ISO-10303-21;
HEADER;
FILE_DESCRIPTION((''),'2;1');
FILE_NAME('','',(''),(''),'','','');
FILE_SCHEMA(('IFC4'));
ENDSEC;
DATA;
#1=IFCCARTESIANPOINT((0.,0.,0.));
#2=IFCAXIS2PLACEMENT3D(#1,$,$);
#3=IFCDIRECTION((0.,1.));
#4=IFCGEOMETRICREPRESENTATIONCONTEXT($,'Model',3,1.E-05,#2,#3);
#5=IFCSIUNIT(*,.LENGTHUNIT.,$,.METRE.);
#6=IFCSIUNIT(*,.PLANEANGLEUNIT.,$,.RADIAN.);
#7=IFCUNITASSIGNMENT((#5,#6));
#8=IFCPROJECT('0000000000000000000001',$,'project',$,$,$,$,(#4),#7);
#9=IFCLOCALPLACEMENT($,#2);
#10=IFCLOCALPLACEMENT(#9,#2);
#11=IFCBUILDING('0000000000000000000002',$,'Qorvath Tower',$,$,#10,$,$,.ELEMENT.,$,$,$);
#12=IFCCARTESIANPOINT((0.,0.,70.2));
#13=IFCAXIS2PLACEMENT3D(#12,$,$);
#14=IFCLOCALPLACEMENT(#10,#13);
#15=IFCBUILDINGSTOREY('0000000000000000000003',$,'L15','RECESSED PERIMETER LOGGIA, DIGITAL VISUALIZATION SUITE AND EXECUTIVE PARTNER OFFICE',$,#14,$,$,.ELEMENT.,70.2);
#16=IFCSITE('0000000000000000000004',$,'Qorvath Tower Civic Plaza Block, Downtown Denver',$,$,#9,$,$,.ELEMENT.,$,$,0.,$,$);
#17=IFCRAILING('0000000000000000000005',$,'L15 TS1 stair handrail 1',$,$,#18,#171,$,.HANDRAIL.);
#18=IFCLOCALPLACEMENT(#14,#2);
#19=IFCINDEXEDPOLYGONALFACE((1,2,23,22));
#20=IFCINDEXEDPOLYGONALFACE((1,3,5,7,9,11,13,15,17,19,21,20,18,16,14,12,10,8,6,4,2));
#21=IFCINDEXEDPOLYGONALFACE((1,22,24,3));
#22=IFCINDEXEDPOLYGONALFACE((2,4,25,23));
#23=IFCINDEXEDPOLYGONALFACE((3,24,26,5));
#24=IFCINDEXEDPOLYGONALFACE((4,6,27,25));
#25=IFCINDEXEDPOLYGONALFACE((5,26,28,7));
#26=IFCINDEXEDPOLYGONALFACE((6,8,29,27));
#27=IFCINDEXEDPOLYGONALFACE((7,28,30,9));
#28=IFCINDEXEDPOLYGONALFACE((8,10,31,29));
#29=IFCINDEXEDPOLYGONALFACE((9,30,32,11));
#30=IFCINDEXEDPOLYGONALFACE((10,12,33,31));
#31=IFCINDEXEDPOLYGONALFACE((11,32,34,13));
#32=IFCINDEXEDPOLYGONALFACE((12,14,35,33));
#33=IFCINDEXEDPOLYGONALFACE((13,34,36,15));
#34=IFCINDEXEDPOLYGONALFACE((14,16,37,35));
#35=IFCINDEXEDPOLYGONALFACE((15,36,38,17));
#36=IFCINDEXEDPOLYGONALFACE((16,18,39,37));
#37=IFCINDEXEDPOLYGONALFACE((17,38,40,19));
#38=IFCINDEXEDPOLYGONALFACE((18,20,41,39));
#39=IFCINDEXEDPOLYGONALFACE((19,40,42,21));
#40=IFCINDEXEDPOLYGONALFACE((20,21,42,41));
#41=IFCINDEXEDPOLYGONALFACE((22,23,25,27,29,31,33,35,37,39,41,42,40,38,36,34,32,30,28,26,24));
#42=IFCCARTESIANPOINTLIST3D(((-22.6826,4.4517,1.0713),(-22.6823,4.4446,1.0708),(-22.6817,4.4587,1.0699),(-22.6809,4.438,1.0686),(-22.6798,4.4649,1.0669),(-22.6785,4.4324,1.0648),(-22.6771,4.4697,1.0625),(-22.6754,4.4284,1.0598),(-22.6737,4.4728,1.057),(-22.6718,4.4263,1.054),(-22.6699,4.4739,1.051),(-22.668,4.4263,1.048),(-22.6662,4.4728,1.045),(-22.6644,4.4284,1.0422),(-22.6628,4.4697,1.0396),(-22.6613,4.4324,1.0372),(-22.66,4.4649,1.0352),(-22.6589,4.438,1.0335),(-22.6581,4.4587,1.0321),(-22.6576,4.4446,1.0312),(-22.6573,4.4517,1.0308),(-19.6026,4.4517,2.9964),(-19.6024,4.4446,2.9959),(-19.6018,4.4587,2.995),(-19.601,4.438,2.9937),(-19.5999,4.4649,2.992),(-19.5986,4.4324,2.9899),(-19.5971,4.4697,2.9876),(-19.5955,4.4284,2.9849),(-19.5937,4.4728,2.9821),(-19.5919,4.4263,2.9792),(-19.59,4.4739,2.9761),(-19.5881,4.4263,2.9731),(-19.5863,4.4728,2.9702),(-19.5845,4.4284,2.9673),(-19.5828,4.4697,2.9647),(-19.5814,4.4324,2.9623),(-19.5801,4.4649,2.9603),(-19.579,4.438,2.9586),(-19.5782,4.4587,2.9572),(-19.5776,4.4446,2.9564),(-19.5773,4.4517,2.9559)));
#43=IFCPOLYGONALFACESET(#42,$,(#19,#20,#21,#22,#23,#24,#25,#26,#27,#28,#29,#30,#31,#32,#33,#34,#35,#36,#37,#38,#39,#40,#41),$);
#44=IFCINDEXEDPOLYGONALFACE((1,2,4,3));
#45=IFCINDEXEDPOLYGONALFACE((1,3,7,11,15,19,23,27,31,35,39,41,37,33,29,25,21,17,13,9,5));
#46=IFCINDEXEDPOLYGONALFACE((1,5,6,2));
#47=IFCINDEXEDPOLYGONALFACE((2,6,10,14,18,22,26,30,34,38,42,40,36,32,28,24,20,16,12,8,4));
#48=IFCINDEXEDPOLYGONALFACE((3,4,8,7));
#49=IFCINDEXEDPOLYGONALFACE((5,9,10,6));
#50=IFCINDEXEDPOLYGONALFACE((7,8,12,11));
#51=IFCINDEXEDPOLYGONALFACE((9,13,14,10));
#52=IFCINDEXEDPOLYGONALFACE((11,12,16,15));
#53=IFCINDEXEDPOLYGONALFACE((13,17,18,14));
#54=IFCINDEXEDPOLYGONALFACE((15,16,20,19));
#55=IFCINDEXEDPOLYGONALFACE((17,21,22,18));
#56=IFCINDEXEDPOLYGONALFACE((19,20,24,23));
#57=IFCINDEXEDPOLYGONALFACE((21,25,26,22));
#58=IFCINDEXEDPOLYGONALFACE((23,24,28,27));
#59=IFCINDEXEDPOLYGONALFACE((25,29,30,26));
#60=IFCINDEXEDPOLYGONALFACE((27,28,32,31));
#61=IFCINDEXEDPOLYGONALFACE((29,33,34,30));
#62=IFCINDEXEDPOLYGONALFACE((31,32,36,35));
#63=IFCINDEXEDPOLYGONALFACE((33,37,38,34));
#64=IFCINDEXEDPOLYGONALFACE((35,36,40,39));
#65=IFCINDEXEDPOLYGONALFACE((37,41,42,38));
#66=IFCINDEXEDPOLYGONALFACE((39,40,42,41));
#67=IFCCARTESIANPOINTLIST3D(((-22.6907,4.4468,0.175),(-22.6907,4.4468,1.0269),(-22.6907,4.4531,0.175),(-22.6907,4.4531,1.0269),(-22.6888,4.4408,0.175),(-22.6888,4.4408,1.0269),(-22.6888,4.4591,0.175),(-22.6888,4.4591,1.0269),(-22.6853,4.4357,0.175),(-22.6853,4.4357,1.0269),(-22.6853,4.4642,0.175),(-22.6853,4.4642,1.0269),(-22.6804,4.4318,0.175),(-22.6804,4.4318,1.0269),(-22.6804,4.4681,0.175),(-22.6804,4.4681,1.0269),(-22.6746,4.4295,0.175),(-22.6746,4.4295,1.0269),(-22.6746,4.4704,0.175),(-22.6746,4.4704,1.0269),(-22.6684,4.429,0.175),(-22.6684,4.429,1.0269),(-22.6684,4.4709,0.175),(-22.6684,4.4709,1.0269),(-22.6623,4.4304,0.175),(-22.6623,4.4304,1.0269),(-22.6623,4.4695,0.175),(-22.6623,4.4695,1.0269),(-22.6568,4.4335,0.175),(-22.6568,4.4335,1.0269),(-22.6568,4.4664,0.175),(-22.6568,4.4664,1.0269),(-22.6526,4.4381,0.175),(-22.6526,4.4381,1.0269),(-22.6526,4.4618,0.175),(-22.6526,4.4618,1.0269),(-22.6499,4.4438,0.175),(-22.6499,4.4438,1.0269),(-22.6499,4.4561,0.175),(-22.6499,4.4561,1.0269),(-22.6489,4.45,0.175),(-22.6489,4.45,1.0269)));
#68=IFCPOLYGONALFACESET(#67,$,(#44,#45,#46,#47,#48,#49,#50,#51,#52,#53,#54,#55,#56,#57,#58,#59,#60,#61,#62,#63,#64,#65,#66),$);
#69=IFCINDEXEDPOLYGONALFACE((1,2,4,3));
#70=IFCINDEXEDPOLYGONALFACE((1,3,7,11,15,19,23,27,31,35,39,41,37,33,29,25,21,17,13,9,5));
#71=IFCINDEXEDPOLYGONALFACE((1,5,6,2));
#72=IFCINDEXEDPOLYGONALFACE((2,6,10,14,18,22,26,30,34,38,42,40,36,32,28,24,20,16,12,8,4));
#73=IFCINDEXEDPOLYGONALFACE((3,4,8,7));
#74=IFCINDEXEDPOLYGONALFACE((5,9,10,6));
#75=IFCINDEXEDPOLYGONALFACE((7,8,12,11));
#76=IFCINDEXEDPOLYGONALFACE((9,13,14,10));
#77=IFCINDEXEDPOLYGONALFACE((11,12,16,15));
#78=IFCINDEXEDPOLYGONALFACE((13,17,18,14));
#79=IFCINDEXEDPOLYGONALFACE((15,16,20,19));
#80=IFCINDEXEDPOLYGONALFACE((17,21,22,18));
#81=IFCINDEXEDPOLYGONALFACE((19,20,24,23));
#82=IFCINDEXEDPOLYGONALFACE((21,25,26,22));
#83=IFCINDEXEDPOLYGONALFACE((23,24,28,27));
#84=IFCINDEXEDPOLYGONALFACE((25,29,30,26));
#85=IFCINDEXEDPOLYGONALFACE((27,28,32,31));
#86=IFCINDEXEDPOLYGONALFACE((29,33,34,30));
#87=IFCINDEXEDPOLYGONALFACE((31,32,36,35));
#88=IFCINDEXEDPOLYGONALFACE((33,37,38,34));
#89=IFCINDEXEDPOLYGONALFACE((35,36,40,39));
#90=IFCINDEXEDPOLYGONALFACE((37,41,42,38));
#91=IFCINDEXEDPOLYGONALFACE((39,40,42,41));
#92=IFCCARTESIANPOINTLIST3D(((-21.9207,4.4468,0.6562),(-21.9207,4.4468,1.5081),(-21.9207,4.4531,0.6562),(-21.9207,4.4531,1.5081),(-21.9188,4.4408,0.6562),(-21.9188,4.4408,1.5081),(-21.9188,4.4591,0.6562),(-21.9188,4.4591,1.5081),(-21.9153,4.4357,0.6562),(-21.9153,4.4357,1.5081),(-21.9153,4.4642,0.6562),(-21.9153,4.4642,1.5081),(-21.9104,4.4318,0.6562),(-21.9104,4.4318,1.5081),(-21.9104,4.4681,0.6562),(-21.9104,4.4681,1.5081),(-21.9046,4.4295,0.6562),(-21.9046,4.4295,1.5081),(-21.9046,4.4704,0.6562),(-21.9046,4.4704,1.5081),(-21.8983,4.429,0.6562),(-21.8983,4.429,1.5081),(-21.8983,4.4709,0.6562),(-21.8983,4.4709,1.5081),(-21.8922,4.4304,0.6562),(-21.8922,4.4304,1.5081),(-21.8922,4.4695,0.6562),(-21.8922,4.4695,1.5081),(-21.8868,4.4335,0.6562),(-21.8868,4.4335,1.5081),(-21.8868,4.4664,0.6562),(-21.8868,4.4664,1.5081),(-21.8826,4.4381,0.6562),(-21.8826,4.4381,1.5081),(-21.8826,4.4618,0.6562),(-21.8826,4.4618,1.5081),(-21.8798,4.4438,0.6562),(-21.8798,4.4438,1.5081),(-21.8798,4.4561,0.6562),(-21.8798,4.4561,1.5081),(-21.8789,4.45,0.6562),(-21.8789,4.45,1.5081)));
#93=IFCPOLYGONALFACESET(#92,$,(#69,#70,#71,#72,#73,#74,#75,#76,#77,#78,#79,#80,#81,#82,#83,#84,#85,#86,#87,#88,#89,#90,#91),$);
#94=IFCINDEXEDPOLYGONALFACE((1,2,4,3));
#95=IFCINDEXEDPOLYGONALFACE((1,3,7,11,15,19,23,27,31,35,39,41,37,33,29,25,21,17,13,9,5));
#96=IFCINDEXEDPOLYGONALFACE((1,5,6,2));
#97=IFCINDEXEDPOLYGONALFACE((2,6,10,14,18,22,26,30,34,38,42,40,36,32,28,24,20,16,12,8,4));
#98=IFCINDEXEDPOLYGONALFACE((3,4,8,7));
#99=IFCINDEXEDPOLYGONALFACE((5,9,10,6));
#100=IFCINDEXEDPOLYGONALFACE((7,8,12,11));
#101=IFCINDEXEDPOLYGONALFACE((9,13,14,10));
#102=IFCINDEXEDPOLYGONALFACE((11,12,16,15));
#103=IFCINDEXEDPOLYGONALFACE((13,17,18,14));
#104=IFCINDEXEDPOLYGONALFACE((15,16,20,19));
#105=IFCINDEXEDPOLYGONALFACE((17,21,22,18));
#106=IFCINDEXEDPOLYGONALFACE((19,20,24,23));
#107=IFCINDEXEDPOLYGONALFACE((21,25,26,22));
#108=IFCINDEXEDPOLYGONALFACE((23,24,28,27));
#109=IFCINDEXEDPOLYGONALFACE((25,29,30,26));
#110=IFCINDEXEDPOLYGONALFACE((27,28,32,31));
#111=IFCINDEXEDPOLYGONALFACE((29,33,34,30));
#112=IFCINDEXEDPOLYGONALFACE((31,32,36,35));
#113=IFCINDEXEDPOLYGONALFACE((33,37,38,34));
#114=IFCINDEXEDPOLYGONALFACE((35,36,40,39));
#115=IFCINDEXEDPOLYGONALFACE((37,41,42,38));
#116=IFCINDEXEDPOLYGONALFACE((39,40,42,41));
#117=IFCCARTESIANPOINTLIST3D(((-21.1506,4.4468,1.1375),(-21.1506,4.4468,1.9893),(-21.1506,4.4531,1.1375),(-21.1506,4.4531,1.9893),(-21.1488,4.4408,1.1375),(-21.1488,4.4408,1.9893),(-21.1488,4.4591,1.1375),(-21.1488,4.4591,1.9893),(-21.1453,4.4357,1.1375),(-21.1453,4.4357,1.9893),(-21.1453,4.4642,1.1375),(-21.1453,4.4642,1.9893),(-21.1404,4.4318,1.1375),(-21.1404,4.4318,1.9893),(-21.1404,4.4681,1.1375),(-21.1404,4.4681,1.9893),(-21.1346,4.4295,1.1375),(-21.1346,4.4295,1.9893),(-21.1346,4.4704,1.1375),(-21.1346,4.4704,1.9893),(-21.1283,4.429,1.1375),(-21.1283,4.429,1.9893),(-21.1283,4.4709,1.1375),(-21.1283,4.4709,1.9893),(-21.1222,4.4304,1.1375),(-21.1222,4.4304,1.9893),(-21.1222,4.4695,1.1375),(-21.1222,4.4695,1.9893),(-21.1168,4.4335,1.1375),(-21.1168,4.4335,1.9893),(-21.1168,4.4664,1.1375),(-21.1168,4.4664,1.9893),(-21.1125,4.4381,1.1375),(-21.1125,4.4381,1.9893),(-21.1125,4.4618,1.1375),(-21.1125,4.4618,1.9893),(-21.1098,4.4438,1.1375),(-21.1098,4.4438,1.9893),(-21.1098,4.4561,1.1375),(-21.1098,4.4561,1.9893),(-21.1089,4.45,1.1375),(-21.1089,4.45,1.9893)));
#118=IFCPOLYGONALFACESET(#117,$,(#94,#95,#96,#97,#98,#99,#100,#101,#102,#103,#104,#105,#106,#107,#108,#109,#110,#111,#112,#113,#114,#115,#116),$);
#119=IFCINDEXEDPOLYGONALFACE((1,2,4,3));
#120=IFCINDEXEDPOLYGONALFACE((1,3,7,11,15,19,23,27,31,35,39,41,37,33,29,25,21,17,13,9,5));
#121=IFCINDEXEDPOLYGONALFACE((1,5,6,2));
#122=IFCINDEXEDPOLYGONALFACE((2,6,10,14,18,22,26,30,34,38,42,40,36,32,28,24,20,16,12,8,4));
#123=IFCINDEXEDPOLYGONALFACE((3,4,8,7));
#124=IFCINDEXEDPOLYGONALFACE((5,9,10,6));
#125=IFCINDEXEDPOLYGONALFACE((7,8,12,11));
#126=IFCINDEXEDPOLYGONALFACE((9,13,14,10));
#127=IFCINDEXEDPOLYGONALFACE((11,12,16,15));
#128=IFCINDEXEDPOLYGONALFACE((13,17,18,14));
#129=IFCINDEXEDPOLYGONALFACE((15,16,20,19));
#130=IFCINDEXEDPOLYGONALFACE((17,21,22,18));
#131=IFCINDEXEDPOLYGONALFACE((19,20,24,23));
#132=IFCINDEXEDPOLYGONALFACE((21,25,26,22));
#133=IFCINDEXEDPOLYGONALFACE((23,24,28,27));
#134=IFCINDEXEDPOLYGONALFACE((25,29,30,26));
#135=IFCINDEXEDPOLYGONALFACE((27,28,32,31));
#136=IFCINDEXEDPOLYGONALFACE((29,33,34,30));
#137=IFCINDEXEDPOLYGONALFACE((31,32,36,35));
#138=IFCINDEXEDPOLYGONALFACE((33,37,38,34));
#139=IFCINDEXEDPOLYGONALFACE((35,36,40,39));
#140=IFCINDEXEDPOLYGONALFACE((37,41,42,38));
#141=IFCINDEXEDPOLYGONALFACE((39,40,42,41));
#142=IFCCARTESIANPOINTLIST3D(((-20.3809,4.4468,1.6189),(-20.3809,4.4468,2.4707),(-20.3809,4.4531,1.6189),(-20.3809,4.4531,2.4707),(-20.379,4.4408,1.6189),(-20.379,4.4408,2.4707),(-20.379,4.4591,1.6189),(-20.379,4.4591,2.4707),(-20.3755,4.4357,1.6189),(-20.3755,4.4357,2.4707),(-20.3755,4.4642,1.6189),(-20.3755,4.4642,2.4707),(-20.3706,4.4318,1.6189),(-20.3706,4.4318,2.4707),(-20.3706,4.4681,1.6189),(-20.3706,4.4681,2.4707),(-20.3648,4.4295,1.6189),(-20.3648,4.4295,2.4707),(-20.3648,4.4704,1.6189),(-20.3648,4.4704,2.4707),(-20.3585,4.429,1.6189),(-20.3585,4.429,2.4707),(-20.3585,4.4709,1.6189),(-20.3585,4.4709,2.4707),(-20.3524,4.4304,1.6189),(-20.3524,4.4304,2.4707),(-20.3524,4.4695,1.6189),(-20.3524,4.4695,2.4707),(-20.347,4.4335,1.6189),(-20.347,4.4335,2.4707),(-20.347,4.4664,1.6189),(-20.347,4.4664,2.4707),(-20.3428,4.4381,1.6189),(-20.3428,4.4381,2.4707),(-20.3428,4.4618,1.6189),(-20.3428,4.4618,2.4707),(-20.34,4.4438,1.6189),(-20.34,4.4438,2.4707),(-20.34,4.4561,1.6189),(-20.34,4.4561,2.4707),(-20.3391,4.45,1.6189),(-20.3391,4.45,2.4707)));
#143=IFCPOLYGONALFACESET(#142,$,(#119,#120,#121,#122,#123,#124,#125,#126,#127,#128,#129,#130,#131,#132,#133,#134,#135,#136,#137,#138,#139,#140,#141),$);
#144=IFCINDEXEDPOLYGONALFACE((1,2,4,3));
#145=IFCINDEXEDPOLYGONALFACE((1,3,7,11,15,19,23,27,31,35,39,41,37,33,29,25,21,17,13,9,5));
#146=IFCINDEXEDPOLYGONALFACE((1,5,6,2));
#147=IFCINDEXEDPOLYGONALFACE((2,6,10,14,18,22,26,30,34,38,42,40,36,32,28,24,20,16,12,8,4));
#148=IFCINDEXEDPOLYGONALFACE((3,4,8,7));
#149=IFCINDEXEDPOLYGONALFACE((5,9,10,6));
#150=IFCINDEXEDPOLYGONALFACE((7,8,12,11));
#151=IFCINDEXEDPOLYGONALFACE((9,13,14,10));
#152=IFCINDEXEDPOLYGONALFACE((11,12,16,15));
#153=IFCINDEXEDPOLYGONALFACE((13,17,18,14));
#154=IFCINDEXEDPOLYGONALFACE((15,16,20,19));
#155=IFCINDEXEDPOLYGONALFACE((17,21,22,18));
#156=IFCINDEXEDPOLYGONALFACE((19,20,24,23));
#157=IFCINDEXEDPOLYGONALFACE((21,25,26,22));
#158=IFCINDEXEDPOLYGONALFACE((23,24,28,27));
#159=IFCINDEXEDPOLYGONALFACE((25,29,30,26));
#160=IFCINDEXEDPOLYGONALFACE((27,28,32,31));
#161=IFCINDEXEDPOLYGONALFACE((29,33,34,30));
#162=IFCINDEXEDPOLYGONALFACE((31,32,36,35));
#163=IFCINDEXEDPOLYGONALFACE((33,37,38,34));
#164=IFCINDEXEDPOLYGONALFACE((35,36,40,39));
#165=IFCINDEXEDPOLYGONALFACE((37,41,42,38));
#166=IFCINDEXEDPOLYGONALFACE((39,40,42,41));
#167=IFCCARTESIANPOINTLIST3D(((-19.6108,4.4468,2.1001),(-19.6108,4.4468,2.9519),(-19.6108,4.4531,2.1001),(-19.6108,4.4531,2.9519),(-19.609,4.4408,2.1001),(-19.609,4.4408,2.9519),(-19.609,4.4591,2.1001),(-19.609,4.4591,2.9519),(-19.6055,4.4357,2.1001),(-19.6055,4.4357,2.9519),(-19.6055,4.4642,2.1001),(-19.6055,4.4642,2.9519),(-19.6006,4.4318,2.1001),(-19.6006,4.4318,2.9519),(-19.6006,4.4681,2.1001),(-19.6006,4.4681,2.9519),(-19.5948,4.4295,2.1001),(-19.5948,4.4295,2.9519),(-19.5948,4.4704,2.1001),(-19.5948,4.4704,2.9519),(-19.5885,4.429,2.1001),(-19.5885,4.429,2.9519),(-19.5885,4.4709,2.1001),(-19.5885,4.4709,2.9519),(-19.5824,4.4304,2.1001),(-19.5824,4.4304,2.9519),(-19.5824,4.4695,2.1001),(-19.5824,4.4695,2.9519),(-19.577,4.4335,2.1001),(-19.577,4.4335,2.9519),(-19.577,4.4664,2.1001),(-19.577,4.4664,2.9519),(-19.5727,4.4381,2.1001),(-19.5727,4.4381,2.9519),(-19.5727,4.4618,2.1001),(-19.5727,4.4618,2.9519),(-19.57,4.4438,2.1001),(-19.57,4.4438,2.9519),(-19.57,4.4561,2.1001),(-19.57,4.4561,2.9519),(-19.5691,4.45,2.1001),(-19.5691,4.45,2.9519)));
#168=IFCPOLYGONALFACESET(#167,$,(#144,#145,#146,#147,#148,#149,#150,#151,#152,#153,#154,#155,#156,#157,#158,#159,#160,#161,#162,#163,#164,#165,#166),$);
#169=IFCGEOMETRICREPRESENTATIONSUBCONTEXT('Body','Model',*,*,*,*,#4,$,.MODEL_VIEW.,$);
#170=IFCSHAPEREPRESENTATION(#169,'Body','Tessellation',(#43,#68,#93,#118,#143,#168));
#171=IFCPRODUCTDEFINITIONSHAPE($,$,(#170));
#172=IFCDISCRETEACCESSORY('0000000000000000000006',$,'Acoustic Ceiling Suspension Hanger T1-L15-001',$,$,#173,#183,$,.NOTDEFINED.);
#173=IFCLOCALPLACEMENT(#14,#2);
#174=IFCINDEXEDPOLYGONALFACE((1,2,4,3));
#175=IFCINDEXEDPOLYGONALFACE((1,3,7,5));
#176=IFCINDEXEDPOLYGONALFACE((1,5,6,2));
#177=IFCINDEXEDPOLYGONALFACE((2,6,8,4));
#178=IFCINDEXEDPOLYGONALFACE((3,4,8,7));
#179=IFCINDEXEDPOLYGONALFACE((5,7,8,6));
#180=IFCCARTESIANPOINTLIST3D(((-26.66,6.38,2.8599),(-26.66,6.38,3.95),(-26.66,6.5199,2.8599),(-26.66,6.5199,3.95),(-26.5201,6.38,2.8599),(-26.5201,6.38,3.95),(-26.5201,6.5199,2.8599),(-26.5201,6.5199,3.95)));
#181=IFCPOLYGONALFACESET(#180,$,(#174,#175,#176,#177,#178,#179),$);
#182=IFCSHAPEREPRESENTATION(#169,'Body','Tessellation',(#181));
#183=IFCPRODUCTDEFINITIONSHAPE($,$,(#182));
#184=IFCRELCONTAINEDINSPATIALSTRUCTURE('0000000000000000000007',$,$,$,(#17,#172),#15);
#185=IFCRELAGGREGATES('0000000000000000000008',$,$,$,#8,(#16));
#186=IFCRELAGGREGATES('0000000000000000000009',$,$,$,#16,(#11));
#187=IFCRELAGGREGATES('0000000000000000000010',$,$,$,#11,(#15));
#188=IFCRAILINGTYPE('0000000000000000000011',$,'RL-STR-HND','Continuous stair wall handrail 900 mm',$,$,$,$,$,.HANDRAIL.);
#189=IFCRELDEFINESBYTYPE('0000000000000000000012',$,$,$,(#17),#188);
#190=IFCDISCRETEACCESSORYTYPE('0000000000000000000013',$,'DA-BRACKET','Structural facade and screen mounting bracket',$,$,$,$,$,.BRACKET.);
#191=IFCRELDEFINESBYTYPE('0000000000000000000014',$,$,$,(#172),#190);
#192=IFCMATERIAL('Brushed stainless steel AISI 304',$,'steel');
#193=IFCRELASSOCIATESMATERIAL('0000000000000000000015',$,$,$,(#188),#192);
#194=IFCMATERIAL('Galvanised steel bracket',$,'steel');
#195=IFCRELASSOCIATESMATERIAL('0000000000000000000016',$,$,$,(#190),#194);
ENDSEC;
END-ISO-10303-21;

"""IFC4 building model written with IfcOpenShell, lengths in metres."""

from ifc_helpers import new_model, si_unit, direction, frame, origin, origin_2d, place, context, subcontext, project, spatial, rectangle, circle, extrude, material, type_object, element, save


model = new_model("IFC4")

# Units and contexts
model_context = context("Model", 3, precision=1e-05, world=origin(), true_north=direction((0.0, 1.0)))
body_context = subcontext(model_context, "Body", "Model", "MODEL_VIEW")
ifc_project = project(units=[si_unit("LENGTHUNIT", "METRE"), si_unit("PLANEANGLEUNIT", "RADIAN")], contexts=[model_context])

# Site, building, storey
site_placement = place(None, origin())
site = spatial("IfcSite", under=ifc_project, at=site_placement, Name="Qorvath Tower Civic Plaza Block, Downtown Denver", CompositionType="ELEMENT", RefElevation=0.0)
building_placement = place(site_placement, origin())
building = spatial("IfcBuilding", under=site, at=building_placement, Name="Qorvath Tower", CompositionType="ELEMENT")
storey_placement = place(building_placement, frame((0.0, 0.0, 70.2)))
storey = spatial("IfcBuildingStorey", under=building, at=storey_placement, Name="L15", Description="RECESSED PERIMETER LOGGIA, DIGITAL VISUALIZATION SUITE AND EXECUTIVE PARTNER OFFICE", CompositionType="ELEMENT", Elevation=70.2)

# Railing
ifc_material_1 = material(Name="Brushed stainless steel AISI 304", Category="steel")
railing_type_1 = type_object("IfcRailingType", Name="RL-STR-HND", Description="Continuous stair wall handrail 900 mm", PredefinedType="HANDRAIL", material=ifc_material_1)
railing_1_placement = place(storey_placement, frame((-22.6699, 4.45, 0.175)))
element("IfcRailing", 1, at=railing_1_placement, inside=storey, type_object=railing_type_1, Name="L15 TS1 stair handrail 1", PredefinedType="HANDRAIL", context=body_context, shape_type="SweptSolid", body=[
    extrude(circle(Radius=0.0239, at=origin_2d()), frame((0.0, 0.0, 0.876), z_axis=(0.847979, 0.0, 0.530029), x_axis=(0.0, 1.0, 0.0)), (0.0, 0.0, 1.0), 3.6321),
    extrude(circle(Radius=0.021, at=origin_2d()), origin(), (0.0, 0.0, 1.0), 0.8518),
    extrude(circle(Radius=0.021, at=origin_2d()), frame((0.77, 0.0, 0.4812)), (0.0, 0.0, 1.0), 0.8518),
    extrude(circle(Radius=0.021, at=origin_2d()), frame((1.54, 0.0, 0.9624)), (0.0, 0.0, 1.0), 0.8518),
    extrude(circle(Radius=0.021, at=origin_2d()), frame((2.3098, 0.0, 1.4438)), (0.0, 0.0, 1.0), 0.8518),
    extrude(circle(Radius=0.021, at=origin_2d()), frame((3.0798, 0.0, 1.925)), (0.0, 0.0, 1.0), 0.8518),
])

# Discrete accessory
ifc_material_2 = material(Name="Galvanised steel bracket", Category="steel")
discrete_accessory_type = type_object("IfcDiscreteAccessoryType", Name="DA-BRACKET", Description="Structural facade and screen mounting bracket", PredefinedType="BRACKET", material=ifc_material_2)
discrete_accessory_placement = place(storey_placement, frame((-26.5901, 6.45, 2.8599), z_axis=(0.0, 0.0, 1.0), x_axis=(1.0, 0.0, 0.0)))
element("IfcDiscreteAccessory", 2, at=discrete_accessory_placement, inside=storey, type_object=discrete_accessory_type, Name="Acoustic Ceiling Suspension Hanger T1-L15-001", PredefinedType="NOTDEFINED", context=body_context, shape_type="SweptSolid", body=[
    extrude(rectangle(XDim=0.1399, YDim=0.1399, at=origin_2d()), origin(), (0.0, 0.0, 1.0), 1.0901),
])

save(model, "model.ifc")
